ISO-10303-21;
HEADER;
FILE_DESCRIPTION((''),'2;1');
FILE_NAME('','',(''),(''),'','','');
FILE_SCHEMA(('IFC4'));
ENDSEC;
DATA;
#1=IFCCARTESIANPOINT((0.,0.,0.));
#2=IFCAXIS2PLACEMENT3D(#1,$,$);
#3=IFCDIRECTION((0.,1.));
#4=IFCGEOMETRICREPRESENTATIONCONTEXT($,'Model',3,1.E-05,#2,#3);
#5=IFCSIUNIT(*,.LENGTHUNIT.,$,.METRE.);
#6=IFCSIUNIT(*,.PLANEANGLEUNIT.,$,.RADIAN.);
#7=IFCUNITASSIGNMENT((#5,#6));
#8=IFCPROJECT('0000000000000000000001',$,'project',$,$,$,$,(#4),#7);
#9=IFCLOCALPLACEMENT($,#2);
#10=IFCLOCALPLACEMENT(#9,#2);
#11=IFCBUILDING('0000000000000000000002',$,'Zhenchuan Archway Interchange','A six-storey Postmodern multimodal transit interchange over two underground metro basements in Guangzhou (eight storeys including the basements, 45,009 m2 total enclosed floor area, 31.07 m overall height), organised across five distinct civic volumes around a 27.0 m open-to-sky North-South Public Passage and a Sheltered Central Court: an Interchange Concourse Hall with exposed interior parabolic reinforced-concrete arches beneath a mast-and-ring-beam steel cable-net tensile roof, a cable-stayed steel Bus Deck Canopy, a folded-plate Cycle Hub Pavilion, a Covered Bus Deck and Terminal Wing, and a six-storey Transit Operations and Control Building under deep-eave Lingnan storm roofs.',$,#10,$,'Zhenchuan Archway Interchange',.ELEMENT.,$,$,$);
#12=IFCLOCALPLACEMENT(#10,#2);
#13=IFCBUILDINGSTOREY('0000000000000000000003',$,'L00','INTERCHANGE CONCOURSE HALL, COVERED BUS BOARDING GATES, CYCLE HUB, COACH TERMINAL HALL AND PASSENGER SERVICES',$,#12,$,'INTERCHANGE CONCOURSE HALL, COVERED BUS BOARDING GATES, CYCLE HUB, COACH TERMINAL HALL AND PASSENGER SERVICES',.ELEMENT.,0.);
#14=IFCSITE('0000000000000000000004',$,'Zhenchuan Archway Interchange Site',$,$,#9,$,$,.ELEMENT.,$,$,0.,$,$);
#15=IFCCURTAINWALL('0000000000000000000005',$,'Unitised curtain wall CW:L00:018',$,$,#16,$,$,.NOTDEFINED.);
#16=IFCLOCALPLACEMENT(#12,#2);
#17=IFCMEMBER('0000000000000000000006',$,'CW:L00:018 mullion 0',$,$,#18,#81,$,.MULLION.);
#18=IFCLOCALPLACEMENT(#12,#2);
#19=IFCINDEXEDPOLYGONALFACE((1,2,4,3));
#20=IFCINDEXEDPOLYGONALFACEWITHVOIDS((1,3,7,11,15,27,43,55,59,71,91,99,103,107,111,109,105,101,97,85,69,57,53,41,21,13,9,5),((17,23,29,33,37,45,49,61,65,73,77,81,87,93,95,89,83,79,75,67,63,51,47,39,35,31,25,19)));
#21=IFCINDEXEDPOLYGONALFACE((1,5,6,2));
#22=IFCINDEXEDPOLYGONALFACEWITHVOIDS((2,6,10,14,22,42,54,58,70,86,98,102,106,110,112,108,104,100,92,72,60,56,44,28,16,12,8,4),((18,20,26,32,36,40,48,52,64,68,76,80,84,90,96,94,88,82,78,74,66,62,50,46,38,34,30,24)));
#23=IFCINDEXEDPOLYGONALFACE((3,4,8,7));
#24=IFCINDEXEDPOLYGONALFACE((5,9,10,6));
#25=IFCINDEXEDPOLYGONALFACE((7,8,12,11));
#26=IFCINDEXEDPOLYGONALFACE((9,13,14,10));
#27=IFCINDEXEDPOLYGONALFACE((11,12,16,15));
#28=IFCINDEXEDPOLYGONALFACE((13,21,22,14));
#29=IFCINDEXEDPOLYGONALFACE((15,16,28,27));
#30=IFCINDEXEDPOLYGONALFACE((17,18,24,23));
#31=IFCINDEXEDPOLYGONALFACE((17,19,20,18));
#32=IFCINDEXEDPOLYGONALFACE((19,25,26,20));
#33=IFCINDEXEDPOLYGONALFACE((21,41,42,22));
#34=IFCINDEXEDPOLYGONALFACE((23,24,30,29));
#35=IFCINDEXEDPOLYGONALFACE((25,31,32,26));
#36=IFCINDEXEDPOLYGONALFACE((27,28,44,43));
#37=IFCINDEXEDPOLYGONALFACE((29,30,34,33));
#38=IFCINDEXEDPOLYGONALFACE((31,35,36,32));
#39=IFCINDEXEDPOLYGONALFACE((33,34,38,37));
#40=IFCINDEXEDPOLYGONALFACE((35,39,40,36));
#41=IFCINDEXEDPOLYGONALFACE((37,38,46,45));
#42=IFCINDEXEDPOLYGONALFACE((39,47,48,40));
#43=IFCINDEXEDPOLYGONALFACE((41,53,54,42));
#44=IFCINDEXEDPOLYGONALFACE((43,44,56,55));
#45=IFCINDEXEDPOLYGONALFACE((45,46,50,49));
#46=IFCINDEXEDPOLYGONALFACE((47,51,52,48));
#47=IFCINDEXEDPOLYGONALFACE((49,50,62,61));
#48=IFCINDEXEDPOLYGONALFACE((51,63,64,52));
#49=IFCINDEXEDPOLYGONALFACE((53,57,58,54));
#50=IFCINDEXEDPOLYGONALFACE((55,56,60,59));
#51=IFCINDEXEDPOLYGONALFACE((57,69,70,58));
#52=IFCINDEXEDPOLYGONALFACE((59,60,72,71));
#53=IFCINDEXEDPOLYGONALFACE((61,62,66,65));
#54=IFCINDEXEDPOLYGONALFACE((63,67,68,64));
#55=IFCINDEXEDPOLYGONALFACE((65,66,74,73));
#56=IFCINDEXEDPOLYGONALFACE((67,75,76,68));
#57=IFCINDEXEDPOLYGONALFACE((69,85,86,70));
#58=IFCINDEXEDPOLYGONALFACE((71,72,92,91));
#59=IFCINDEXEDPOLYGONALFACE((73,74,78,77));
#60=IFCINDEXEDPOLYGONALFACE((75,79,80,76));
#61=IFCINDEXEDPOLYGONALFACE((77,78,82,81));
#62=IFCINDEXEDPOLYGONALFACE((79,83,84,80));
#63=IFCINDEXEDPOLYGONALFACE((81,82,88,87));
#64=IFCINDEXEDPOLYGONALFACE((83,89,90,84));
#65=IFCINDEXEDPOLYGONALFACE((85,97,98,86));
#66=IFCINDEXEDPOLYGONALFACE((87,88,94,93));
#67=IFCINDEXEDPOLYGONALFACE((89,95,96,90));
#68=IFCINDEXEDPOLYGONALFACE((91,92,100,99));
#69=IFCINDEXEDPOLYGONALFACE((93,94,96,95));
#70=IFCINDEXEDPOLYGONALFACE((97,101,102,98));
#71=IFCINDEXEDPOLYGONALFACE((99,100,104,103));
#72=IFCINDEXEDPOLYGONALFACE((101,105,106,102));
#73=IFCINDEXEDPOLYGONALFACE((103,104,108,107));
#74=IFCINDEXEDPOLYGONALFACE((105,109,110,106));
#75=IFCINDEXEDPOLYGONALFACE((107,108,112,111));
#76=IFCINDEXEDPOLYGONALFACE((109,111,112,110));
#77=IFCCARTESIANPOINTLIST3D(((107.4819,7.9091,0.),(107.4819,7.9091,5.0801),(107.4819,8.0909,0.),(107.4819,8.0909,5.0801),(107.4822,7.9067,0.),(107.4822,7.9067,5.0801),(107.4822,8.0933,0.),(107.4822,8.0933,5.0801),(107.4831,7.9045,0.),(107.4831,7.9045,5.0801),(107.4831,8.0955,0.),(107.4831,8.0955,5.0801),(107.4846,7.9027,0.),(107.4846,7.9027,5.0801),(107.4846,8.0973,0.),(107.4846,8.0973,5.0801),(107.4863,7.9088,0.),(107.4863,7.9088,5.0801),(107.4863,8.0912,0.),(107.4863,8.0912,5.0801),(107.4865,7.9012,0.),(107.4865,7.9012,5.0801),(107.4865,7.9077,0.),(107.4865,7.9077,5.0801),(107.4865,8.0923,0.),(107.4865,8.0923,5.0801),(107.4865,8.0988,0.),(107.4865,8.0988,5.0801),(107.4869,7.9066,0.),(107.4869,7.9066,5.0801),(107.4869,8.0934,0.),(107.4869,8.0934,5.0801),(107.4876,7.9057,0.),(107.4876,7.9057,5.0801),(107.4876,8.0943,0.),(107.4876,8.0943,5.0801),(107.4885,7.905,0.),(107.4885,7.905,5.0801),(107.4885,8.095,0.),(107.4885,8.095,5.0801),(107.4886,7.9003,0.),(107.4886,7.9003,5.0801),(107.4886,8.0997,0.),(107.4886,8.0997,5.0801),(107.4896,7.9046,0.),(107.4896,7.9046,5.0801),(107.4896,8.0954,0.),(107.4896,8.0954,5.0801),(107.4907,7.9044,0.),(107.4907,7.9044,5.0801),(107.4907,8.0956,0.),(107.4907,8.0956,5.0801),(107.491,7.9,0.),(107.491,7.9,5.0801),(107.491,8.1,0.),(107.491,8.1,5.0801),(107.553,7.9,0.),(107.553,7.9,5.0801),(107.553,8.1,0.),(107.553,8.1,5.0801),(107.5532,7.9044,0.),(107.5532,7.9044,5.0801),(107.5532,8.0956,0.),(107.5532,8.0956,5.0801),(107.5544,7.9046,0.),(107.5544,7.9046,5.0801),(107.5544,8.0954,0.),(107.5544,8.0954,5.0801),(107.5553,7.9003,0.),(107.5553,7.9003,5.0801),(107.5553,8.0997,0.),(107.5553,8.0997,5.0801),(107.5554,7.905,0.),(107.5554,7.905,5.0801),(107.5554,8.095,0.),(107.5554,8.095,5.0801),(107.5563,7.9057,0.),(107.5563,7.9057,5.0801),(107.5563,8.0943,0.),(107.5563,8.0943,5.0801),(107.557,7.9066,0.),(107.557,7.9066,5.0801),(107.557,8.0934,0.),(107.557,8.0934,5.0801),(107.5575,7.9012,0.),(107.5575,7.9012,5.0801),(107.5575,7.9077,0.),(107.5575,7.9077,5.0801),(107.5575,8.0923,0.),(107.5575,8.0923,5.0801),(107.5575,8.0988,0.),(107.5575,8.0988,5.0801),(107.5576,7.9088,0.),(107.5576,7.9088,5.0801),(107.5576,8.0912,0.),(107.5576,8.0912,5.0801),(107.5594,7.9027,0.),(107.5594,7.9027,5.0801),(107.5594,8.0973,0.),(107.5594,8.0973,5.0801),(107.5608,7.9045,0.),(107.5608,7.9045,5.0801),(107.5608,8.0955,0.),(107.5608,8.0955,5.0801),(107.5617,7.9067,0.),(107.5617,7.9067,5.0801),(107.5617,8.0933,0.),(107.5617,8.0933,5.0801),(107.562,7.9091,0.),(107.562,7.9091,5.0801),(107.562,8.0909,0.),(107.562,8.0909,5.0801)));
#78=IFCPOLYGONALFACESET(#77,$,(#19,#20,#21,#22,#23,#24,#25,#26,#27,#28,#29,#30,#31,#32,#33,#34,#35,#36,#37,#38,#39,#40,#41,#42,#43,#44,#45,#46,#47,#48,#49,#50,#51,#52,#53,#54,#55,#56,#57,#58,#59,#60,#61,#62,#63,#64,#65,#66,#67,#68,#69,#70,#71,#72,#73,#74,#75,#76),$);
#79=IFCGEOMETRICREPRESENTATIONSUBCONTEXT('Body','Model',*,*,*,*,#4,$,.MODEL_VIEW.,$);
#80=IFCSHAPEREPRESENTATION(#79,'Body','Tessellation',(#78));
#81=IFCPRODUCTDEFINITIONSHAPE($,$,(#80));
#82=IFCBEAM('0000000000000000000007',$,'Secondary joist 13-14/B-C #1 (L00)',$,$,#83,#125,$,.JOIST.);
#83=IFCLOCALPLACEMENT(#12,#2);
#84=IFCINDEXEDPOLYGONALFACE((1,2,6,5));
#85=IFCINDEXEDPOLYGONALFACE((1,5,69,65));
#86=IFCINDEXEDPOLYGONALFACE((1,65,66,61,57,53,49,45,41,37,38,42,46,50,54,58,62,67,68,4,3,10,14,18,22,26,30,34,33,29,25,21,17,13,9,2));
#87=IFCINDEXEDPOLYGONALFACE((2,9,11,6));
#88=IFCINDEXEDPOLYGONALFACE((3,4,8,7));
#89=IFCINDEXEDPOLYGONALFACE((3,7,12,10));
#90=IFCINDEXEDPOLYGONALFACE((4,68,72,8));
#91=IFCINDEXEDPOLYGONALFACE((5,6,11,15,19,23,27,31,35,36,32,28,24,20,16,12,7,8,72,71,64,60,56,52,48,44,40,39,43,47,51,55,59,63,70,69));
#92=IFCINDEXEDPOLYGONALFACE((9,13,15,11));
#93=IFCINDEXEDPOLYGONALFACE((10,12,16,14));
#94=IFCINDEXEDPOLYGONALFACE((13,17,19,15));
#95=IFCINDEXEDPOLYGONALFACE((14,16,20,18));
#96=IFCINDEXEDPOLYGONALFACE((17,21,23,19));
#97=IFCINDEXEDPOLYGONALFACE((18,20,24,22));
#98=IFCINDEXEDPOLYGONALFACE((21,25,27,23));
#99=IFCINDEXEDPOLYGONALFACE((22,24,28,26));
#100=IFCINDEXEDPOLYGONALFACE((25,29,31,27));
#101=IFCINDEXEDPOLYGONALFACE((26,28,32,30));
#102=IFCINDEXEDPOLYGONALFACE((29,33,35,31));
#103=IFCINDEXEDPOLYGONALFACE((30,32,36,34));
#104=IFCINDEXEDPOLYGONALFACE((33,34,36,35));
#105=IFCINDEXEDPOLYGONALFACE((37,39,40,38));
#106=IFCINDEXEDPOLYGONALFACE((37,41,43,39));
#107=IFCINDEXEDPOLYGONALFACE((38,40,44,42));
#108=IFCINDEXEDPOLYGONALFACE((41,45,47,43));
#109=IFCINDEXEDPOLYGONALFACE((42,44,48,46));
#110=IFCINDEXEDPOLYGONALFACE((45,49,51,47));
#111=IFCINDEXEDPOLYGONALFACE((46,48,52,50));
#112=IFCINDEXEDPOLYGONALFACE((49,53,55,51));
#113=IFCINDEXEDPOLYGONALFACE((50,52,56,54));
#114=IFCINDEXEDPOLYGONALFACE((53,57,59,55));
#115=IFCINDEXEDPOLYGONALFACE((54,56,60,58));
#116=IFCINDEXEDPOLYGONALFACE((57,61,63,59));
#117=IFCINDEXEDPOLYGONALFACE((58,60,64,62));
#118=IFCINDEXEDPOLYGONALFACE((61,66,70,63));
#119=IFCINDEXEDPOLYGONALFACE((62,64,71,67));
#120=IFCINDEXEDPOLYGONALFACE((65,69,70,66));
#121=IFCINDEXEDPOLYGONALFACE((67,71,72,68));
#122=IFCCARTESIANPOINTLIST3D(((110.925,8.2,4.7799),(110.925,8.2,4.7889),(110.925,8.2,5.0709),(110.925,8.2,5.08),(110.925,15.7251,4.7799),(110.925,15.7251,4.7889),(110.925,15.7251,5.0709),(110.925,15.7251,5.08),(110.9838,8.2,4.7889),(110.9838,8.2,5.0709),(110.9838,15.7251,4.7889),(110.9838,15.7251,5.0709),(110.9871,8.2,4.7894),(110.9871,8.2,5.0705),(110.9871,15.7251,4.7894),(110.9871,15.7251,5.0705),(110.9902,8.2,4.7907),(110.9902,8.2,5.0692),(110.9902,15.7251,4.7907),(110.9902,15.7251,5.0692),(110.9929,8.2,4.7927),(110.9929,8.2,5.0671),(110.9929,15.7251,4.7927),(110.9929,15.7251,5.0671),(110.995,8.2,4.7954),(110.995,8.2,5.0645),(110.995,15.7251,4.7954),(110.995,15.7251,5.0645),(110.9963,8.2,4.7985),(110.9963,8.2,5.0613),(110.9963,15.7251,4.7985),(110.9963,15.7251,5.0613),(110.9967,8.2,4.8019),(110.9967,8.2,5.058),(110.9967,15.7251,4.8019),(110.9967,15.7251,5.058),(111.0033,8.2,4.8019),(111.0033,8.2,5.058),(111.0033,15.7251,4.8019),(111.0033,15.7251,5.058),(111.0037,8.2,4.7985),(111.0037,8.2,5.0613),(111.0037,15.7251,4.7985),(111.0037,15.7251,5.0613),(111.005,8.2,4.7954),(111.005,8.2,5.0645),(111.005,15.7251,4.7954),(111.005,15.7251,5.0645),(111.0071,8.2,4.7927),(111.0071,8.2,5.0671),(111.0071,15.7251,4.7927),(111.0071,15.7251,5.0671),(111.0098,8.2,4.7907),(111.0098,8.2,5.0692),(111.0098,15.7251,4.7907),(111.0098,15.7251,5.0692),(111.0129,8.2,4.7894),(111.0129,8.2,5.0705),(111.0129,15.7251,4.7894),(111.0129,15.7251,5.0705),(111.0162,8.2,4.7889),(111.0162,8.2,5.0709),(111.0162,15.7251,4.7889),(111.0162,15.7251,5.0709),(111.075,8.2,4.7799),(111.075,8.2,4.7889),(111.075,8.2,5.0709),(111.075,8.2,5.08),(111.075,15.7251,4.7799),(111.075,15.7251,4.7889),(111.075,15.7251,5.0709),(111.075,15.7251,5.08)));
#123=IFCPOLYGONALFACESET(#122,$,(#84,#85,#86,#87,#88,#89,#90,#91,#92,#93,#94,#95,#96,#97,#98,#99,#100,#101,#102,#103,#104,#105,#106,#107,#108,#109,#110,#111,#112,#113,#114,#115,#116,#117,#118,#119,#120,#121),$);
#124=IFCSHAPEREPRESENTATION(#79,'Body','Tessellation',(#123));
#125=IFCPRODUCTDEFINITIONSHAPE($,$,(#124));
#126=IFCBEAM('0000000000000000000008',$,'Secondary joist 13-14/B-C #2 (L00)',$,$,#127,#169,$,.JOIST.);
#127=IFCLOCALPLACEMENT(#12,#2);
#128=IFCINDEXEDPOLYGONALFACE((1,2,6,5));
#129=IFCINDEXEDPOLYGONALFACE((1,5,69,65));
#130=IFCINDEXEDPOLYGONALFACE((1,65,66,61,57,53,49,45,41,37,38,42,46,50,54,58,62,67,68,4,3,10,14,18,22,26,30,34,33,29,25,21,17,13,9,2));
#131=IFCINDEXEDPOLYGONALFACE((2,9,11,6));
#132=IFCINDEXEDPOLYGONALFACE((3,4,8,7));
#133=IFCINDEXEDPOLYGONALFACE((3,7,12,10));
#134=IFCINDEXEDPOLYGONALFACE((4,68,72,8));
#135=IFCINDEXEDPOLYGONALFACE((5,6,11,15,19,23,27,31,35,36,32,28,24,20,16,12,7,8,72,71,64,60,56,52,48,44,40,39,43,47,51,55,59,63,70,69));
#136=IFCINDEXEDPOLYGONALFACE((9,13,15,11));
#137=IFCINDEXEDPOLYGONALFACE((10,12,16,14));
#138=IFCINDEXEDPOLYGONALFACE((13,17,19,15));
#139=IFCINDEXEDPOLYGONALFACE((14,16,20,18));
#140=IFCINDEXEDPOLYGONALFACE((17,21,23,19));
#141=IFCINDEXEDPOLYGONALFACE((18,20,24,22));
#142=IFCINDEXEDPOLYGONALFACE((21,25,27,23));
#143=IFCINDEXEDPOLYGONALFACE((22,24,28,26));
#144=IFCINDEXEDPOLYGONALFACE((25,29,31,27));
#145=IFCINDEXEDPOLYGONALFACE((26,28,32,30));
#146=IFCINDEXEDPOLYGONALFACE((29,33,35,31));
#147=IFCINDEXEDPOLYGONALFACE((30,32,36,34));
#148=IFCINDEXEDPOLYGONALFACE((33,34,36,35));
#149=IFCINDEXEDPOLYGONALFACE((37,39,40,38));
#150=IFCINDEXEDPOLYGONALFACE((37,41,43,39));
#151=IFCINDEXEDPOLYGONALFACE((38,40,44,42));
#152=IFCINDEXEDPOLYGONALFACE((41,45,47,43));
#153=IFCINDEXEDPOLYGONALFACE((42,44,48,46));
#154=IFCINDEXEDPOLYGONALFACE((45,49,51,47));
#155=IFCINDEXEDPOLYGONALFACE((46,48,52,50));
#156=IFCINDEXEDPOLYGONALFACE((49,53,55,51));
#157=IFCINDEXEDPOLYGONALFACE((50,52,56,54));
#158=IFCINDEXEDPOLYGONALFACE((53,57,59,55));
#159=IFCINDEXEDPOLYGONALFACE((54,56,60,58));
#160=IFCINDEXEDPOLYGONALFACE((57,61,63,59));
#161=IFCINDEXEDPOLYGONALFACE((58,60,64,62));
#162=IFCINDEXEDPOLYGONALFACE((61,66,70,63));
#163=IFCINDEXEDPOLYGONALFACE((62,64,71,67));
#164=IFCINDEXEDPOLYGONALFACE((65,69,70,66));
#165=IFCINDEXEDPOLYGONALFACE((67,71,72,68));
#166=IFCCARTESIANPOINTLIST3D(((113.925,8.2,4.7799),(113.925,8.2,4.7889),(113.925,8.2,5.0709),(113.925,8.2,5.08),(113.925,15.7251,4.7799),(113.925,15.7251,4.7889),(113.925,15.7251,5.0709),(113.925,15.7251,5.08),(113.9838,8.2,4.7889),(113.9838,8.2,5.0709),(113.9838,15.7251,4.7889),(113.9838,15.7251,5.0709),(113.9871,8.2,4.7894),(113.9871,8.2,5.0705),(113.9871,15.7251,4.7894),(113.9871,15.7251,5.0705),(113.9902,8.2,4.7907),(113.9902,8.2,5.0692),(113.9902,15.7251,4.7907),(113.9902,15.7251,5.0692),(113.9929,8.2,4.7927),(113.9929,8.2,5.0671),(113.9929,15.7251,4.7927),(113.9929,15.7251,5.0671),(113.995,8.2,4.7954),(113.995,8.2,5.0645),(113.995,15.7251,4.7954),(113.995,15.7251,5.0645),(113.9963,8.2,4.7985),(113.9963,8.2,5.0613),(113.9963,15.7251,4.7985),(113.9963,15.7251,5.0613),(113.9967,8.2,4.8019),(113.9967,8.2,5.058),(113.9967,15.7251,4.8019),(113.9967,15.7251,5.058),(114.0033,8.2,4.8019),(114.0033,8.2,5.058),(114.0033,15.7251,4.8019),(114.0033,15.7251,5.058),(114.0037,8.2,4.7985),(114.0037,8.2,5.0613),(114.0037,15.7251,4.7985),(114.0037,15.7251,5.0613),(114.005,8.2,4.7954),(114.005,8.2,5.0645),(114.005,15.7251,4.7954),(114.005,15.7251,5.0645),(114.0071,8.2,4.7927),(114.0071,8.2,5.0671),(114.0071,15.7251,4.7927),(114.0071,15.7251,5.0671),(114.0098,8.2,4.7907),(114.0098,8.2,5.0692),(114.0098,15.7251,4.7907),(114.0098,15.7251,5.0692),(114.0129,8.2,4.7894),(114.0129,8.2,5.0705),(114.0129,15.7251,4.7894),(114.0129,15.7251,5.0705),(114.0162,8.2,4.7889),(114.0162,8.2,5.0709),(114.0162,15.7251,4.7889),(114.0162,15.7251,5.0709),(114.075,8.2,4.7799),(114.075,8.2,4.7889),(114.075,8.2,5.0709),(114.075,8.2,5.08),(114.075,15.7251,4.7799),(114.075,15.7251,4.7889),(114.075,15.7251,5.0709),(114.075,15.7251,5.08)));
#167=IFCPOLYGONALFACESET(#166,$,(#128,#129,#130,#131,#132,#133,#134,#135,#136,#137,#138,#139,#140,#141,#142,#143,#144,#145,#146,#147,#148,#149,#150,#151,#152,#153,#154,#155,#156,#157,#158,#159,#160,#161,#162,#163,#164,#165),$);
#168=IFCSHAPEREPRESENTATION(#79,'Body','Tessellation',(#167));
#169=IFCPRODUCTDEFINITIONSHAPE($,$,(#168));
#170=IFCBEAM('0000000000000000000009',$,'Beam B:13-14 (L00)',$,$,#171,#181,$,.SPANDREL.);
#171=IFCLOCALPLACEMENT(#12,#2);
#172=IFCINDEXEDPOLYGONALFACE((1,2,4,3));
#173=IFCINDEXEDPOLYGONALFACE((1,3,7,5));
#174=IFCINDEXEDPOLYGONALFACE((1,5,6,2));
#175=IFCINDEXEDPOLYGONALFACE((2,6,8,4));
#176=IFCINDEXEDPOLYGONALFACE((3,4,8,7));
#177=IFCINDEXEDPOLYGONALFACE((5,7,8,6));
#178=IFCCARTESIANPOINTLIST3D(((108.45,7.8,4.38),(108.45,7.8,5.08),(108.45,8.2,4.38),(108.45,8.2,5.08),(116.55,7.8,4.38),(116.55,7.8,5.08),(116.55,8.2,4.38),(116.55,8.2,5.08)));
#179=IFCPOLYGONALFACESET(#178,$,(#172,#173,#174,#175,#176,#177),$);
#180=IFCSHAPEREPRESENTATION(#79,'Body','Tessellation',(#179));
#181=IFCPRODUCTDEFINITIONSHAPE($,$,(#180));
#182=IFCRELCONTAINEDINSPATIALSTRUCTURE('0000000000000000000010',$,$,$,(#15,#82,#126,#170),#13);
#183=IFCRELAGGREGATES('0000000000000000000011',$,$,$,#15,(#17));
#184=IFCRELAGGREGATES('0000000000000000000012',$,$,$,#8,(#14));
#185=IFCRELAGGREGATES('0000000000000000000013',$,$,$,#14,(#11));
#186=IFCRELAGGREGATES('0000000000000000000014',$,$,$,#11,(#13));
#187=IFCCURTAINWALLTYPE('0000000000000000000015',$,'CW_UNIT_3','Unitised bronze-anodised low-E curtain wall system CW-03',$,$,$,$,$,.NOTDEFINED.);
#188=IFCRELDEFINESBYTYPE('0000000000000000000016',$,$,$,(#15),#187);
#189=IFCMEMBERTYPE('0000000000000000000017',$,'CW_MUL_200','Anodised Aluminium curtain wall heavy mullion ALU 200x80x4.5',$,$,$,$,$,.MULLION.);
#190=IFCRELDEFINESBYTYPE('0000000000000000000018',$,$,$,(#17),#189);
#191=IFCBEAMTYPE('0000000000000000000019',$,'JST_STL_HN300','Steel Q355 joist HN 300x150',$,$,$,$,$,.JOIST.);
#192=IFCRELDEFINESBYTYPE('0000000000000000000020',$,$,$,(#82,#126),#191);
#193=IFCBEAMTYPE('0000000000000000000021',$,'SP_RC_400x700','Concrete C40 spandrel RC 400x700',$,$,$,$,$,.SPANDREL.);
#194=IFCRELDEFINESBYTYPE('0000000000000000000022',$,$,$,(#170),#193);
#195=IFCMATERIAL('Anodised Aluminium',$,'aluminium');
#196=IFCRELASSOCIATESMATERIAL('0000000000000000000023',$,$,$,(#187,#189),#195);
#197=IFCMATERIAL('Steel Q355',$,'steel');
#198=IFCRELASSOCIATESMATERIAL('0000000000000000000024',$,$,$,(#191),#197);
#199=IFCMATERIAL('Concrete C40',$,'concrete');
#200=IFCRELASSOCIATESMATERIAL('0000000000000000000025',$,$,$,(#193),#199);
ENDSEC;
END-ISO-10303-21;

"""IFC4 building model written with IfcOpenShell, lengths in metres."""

from ifc_helpers import new_model, si_unit, direction, frame, origin, origin_2d, place, context, subcontext, project, spatial, rectangle, hollow_rectangle, i_section, extrude, material, material_profile, profile_set, type_object, element, aggregate, save


model = new_model("IFC4")

# Units and contexts
model_context = context("Model", 3, precision=1e-05, world=origin(), true_north=direction((0.0, 1.0)))
body_context = subcontext(model_context, "Body", "Model", "MODEL_VIEW")
ifc_project = project(units=[si_unit("LENGTHUNIT", "METRE"), si_unit("PLANEANGLEUNIT", "RADIAN")], contexts=[model_context])

# Site, building, storey
site_placement = place(None, origin())
site = spatial("IfcSite", under=ifc_project, at=site_placement, Name="Zhenchuan Archway Interchange Site", CompositionType="ELEMENT", RefElevation=0.0)
building_placement = place(site_placement, origin())
building = spatial("IfcBuilding", under=site, at=building_placement, Name="Zhenchuan Archway Interchange", Description="A six-storey Postmodern multimodal transit interchange over two underground metro basements in Guangzhou (eight storeys including the basements, 45,009 m2 total enclosed floor area, 31.07 m overall height), organised across five distinct civic volumes around a 27.0 m open-to-sky North-South Public Passage and a Sheltered Central Court: an Interchange Concourse Hall with exposed interior parabolic reinforced-concrete arches beneath a mast-and-ring-beam steel cable-net tensile roof, a cable-stayed steel Bus Deck Canopy, a folded-plate Cycle Hub Pavilion, a Covered Bus Deck and Terminal Wing, and a six-storey Transit Operations and Control Building under deep-eave Lingnan storm roofs.", LongName="Zhenchuan Archway Interchange", CompositionType="ELEMENT")
storey_placement = place(building_placement, origin())
storey = spatial("IfcBuildingStorey", under=building, at=storey_placement, Name="L00", Description="INTERCHANGE CONCOURSE HALL, COVERED BUS BOARDING GATES, CYCLE HUB, COACH TERMINAL HALL AND PASSENGER SERVICES", LongName="INTERCHANGE CONCOURSE HALL, COVERED BUS BOARDING GATES, CYCLE HUB, COACH TERMINAL HALL AND PASSENGER SERVICES", CompositionType="ELEMENT", Elevation=0.0)

# Shared definitions
ifc_material_1 = material(Name="Concrete C40", Category="concrete")

# Curtain wall, member
ifc_material_2 = material(Name="Anodised Aluminium", Category="aluminium")
curtain_wall_type = type_object("IfcCurtainWallType", Name="CW_UNIT_3", Description="Unitised bronze-anodised low-E curtain wall system CW-03", PredefinedType="NOTDEFINED", material=ifc_material_2)
curtain_wall_placement = place(storey_placement, origin())
curtain_wall = element("IfcCurtainWall", 1, at=curtain_wall_placement, inside=storey, type_object=curtain_wall_type, Name="Unitised curtain wall CW:L00:018", PredefinedType="NOTDEFINED")
ifc_material_profile_1 = material_profile(ifc_material_2, hollow_rectangle(XDim=0.0801, YDim=0.2, WallThickness=0.0044, InnerFilletRadius=0.0044, OuterFilletRadius=0.009, at=origin_2d()), Name="ALU 200x80x4.5")
ifc_profile_set_1 = profile_set([ifc_material_profile_1], Name="Anodised Aluminium")
member_type = type_object("IfcMemberType", Name="CW_MUL_200", Description="Anodised Aluminium curtain wall heavy mullion ALU 200x80x4.5", PredefinedType="MULLION", material=ifc_profile_set_1)
member_placement = place(storey_placement, frame((107.522, 8.0, 0.0), z_axis=(0.0, 0.0, 1.0), x_axis=(1.0, 0.0, 0.0)))
member = element("IfcMember", 2, at=member_placement, type_object=member_type, Name="CW:L00:018 mullion 0", PredefinedType="MULLION", context=body_context, shape_type="SweptSolid", body=[
    extrude(hollow_rectangle(XDim=0.0801, YDim=0.2, WallThickness=0.0044, InnerFilletRadius=0.0044, OuterFilletRadius=0.009, at=origin_2d()), origin(), (0.0, 0.0, 1.0), 5.0801),
])
aggregate(curtain_wall, [member])

# Beams
ifc_material_3 = material(Name="Steel Q355", Category="steel")
ifc_material_profile_2 = material_profile(ifc_material_3, i_section(OverallWidth=0.1499, OverallDepth=0.3, WebThickness=0.0066, FlangeThickness=0.009, FilletRadius=0.0129, at=origin_2d()), Name="HN 300x150")
ifc_profile_set_2 = profile_set([ifc_material_profile_2], Name="Steel Q355")
beam_type_1 = type_object("IfcBeamType", Name="JST_STL_HN300", Description="Steel Q355 joist HN 300x150", PredefinedType="JOIST", material=ifc_profile_set_2)
for number, where, z_axis, x_axis, name in (
    (3, (111.0, 8.2, 4.9299), (0.0, 1.0, 0.0), (-1.0, 0.0, 0.0), "Secondary joist 13-14/B-C #1 (L00)"),
    (4, (114.0, 8.2, 4.9299), (0.0, 1.0, 0.0), (-1.0, 0.0, 0.0), "Secondary joist 13-14/B-C #2 (L00)"),
):
    element("IfcBeam", number, at=place(storey_placement, frame(where, z_axis=z_axis, x_axis=x_axis)), inside=storey, type_object=beam_type_1, Name=name, PredefinedType="JOIST", context=body_context, shape_type="SweptSolid", body=[
        extrude(i_section(OverallWidth=0.1499, OverallDepth=0.3, WebThickness=0.0066, FlangeThickness=0.009, FilletRadius=0.0129, at=origin_2d()), origin(), (0.0, 0.0, 1.0), 7.5251),
    ])
ifc_material_profile_3 = material_profile(ifc_material_1, rectangle(XDim=0.3999, YDim=0.7, at=origin_2d()), Name="RC 400x700")
ifc_profile_set_3 = profile_set([ifc_material_profile_3], Name="Concrete C40")
beam_type_2 = type_object("IfcBeamType", Name="SP_RC_400x700", Description="Concrete C40 spandrel RC 400x700", PredefinedType="SPANDREL", material=ifc_profile_set_3)
beam_1_placement = place(storey_placement, frame((108.45, 8.0, 4.73), z_axis=(1.0, 0.0, 0.0), x_axis=(0.0, 1.0, 0.0)))
element("IfcBeam", 5, at=beam_1_placement, inside=storey, type_object=beam_type_2, Name="Beam B:13-14 (L00)", PredefinedType="SPANDREL", context=body_context, shape_type="SweptSolid", body=[
    extrude(rectangle(XDim=0.3999, YDim=0.7, at=origin_2d()), origin(), (0.0, 0.0, 1.0), 8.1001),
])

save(model, "model.ifc")
